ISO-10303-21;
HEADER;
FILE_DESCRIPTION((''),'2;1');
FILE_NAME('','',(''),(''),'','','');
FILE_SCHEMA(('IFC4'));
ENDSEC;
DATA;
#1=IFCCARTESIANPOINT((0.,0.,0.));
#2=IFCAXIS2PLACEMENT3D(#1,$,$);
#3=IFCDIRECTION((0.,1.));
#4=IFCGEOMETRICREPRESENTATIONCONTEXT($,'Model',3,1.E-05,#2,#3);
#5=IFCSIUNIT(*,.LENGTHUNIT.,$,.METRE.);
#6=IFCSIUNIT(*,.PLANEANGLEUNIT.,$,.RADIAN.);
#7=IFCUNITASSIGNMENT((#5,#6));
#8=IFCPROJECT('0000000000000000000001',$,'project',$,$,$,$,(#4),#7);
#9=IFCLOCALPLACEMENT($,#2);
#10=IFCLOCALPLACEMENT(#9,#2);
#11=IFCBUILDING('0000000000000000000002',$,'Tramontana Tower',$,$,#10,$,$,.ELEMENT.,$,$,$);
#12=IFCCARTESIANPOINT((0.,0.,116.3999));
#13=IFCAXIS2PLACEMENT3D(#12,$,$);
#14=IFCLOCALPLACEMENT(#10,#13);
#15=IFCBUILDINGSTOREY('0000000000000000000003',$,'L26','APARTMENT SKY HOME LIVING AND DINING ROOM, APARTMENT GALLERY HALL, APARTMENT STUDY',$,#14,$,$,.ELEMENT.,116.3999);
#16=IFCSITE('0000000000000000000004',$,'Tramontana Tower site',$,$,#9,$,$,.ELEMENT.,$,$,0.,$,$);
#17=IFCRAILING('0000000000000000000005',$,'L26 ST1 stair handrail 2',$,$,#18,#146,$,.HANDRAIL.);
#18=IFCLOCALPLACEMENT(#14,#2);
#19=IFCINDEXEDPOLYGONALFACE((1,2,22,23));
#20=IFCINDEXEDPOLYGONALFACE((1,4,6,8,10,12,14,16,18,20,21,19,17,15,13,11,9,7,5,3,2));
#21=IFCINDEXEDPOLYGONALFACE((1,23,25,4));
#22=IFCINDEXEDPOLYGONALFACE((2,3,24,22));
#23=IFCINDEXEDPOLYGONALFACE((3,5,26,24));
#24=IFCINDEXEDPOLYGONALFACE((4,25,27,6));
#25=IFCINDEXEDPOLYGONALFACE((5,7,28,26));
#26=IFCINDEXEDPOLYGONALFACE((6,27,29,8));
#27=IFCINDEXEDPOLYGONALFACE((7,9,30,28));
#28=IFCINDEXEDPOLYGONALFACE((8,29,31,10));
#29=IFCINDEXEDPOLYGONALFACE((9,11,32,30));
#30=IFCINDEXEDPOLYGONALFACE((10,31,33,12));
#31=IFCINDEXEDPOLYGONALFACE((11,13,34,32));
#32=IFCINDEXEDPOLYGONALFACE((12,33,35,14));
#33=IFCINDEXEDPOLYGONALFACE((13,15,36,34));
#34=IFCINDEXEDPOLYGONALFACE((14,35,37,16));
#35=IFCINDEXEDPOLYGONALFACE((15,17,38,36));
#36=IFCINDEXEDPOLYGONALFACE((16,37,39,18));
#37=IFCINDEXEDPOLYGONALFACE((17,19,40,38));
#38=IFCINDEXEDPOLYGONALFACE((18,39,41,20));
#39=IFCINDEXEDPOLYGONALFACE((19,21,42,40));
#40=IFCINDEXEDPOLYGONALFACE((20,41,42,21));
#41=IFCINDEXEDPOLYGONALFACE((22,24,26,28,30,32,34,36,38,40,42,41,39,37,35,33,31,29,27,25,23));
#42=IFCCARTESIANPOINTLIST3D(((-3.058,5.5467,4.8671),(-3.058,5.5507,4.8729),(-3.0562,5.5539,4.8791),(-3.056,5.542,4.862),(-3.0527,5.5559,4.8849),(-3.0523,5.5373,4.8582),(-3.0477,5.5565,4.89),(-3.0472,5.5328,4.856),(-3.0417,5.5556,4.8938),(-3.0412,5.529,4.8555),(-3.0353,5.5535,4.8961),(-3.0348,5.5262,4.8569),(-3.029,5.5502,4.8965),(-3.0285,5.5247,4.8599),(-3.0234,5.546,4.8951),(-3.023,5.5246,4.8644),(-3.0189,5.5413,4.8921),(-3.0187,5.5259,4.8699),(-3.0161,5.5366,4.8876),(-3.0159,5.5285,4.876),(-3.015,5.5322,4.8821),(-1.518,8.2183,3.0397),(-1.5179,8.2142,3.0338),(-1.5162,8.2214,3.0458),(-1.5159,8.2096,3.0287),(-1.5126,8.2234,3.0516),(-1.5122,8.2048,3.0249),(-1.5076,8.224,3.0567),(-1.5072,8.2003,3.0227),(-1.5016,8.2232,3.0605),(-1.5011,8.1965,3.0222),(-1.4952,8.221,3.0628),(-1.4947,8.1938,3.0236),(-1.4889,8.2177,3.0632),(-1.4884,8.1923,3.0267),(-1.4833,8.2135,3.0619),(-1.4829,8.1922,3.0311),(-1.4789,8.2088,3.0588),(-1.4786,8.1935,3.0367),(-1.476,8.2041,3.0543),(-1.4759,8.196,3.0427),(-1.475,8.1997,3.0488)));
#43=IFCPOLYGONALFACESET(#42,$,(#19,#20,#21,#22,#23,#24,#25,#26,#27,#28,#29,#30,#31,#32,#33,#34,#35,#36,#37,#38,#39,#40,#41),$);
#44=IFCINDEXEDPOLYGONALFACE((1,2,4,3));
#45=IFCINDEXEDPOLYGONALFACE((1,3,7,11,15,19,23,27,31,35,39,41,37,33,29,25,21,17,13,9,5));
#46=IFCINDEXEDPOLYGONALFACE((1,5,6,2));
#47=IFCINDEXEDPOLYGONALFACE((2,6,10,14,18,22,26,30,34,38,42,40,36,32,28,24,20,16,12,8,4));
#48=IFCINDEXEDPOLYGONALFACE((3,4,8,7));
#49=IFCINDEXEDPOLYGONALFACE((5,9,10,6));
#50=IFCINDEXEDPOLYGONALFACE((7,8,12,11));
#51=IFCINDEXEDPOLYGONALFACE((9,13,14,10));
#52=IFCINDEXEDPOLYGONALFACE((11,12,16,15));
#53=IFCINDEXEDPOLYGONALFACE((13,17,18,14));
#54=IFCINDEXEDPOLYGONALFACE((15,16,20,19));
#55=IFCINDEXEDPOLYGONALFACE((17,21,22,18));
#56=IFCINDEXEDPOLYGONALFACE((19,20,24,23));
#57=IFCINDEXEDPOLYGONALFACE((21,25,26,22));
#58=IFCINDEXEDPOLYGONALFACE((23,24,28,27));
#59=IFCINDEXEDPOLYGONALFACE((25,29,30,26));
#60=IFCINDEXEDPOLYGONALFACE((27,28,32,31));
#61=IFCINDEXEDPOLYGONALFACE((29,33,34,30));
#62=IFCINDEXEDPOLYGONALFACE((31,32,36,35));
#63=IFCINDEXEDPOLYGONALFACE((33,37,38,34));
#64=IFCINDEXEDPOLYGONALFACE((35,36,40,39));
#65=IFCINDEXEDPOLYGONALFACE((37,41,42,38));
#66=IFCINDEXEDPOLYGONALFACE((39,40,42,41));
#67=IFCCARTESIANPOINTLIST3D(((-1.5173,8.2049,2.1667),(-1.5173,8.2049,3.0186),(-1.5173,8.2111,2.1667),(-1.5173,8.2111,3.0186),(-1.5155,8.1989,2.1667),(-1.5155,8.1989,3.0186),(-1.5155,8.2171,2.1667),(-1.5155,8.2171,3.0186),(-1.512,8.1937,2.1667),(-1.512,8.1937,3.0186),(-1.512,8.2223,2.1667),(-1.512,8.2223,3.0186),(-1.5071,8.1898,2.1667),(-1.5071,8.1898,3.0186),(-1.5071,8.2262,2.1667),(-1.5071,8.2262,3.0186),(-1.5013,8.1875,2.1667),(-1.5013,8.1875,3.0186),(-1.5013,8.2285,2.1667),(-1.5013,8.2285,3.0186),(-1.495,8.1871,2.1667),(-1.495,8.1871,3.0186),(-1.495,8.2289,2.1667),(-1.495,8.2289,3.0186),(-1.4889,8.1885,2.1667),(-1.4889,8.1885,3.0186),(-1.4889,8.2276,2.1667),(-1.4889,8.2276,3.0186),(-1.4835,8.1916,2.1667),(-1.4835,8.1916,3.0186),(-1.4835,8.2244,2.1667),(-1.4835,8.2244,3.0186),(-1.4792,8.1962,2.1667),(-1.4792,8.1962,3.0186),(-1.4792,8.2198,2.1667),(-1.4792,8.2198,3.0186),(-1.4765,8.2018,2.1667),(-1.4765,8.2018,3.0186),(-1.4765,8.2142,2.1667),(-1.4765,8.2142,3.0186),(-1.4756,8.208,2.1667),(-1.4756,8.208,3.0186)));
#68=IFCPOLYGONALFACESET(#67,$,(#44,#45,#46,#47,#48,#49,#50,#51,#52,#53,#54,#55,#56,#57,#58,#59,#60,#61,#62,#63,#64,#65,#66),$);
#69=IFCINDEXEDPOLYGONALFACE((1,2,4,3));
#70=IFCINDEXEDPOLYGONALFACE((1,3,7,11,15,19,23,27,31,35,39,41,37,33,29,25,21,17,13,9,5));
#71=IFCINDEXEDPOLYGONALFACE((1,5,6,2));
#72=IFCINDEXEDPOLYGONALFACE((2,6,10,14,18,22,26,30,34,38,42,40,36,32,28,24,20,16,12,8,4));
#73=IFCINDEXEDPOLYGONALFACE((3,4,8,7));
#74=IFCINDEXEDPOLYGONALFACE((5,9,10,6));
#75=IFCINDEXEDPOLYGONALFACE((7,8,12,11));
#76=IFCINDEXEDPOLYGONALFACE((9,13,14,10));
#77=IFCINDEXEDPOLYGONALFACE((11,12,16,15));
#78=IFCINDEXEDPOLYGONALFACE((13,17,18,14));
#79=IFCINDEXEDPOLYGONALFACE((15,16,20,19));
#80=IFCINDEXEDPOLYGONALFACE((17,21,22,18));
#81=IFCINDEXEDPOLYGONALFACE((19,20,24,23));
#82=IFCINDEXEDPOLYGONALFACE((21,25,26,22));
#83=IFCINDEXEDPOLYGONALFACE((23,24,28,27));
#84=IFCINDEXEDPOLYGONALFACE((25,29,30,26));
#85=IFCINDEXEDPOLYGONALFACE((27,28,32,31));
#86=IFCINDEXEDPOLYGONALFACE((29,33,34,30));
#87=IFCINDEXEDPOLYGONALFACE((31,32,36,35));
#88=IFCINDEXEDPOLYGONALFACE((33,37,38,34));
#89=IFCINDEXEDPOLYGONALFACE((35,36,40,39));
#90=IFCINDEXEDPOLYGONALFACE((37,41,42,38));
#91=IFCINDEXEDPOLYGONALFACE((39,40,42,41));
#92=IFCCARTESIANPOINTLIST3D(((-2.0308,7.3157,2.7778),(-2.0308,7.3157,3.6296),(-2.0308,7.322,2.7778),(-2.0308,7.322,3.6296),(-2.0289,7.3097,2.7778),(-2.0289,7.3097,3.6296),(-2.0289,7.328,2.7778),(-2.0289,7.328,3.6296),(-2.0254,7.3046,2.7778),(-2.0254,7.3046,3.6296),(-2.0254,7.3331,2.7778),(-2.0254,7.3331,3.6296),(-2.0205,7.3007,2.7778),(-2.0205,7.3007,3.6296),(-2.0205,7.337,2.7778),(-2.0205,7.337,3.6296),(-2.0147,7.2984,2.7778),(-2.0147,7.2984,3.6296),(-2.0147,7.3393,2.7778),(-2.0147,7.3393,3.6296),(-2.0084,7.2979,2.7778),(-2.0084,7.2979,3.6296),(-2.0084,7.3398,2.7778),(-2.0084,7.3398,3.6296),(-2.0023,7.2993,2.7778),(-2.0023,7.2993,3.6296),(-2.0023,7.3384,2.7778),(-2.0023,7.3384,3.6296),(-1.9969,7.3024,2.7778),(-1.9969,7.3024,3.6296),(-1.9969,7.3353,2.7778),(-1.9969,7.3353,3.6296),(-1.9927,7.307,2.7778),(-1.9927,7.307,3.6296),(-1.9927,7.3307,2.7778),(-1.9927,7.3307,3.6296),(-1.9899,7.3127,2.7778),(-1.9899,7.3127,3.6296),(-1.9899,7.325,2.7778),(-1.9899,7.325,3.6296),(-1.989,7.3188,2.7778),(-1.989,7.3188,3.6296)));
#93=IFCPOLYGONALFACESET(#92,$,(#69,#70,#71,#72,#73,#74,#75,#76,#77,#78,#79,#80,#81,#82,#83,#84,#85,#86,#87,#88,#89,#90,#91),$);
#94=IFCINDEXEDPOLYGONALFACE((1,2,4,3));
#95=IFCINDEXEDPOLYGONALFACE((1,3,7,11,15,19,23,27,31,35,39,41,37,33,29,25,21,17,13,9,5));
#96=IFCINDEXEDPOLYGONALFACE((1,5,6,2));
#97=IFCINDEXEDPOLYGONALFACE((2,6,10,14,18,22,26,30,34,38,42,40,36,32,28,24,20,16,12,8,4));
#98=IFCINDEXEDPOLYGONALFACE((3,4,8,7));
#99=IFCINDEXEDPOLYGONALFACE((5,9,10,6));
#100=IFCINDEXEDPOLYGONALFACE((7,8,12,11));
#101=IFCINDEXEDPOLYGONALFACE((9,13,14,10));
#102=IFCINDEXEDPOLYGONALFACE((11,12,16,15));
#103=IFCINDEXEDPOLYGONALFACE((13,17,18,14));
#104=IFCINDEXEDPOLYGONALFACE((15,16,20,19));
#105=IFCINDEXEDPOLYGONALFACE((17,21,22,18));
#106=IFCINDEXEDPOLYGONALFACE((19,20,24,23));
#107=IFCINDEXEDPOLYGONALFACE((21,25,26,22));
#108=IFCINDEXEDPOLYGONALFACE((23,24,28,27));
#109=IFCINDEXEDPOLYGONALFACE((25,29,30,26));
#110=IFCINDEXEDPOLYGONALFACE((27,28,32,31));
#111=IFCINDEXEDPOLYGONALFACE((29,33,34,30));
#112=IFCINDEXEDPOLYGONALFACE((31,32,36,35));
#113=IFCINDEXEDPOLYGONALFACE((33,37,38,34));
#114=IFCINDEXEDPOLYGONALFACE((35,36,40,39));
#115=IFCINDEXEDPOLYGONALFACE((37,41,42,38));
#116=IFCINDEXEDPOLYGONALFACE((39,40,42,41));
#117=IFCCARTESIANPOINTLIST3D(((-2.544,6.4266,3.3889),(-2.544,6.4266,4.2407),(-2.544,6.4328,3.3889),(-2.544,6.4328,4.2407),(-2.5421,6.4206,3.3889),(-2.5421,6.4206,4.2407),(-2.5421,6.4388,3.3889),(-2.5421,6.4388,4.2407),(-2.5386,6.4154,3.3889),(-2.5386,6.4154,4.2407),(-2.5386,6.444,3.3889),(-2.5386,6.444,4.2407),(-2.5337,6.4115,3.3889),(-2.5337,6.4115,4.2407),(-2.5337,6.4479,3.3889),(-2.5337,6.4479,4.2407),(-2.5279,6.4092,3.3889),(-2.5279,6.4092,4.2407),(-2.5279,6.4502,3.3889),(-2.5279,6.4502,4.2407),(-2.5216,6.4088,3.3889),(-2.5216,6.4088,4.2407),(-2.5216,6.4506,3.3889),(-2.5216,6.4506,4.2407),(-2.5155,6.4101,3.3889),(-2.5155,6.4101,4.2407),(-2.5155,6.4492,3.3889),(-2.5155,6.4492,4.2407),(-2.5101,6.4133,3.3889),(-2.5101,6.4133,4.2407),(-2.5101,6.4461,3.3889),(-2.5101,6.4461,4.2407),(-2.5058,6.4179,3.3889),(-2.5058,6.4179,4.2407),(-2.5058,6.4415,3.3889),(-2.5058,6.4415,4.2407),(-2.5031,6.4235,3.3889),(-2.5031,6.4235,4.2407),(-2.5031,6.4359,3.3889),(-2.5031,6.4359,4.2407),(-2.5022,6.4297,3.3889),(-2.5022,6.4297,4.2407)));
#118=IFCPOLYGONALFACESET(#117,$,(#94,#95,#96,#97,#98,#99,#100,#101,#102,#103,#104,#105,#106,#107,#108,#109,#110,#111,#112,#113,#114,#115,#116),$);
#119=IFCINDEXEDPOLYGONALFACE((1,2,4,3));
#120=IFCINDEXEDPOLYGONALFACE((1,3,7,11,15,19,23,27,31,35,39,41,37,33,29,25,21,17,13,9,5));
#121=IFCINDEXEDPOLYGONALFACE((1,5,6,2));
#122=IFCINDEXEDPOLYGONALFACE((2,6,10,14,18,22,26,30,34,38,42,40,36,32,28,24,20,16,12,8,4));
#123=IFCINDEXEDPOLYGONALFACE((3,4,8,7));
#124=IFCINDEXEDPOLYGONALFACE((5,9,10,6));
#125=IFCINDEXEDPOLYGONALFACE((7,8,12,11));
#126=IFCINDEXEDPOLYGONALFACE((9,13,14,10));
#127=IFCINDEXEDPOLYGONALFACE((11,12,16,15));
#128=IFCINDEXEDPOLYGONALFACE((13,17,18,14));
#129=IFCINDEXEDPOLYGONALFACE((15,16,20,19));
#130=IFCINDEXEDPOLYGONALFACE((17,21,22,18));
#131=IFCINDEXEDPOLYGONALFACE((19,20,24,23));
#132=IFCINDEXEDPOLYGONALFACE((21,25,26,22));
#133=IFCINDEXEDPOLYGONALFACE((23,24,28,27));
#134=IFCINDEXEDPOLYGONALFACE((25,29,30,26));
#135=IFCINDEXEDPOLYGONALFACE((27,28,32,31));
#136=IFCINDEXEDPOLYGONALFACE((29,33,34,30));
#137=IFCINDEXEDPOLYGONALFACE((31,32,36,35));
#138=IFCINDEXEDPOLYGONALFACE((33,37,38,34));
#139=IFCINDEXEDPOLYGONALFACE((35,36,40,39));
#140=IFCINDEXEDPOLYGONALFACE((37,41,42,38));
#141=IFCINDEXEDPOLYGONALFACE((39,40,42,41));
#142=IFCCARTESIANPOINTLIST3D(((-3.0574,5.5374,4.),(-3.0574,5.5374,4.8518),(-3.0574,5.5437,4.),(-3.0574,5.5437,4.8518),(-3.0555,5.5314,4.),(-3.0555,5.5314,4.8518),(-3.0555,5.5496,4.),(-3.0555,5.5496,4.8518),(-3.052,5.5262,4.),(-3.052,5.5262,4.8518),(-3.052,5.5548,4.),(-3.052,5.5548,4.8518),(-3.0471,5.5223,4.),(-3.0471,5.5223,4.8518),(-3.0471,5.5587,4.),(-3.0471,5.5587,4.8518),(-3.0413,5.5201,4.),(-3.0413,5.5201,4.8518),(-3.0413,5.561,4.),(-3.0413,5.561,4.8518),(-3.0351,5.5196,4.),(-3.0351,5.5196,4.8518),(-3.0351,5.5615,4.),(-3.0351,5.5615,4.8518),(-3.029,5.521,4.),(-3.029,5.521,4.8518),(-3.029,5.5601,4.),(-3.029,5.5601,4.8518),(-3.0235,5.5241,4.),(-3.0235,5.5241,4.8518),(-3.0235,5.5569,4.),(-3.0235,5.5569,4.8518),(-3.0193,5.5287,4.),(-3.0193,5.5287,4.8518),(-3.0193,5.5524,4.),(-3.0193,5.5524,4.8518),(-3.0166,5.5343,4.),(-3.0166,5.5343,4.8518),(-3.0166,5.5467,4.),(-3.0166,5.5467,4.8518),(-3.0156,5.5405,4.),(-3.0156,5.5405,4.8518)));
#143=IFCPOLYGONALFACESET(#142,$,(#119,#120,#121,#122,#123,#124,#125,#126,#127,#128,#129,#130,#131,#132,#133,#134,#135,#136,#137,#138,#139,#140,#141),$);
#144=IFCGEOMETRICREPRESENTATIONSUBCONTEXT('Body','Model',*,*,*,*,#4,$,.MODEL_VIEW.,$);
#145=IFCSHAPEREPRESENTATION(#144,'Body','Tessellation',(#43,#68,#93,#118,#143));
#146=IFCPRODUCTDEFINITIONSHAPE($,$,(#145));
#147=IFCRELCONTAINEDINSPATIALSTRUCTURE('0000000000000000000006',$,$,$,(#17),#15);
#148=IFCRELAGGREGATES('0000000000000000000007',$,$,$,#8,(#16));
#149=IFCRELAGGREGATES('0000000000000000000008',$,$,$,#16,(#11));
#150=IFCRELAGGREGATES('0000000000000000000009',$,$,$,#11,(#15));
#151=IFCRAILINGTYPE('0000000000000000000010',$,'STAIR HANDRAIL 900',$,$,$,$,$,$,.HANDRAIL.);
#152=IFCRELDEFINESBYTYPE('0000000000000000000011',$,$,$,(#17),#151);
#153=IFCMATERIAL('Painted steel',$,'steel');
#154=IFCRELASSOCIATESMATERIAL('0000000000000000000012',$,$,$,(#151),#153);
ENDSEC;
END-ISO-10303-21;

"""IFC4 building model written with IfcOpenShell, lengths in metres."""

from ifc_helpers import new_model, si_unit, direction, frame, origin, origin_2d, place, context, subcontext, project, spatial, circle, extrude, material, type_object, element, save


model = new_model("IFC4")

# Units and contexts
model_context = context("Model", 3, precision=1e-05, world=origin(), true_north=direction((0.0, 1.0)))
body_context = subcontext(model_context, "Body", "Model", "MODEL_VIEW")
ifc_project = project(units=[si_unit("LENGTHUNIT", "METRE"), si_unit("PLANEANGLEUNIT", "RADIAN")], contexts=[model_context])

# Site, building, storey
site_placement = place(None, origin())
site = spatial("IfcSite", under=ifc_project, at=site_placement, Name="Tramontana Tower site", CompositionType="ELEMENT", RefElevation=0.0)
building_placement = place(site_placement, origin())
building = spatial("IfcBuilding", under=site, at=building_placement, Name="Tramontana Tower", CompositionType="ELEMENT")
storey_placement = place(building_placement, frame((0.0, 0.0, 116.3999)))
storey = spatial("IfcBuildingStorey", under=building, at=storey_placement, Name="L26", Description="APARTMENT SKY HOME LIVING AND DINING ROOM, APARTMENT GALLERY HALL, APARTMENT STUDY", CompositionType="ELEMENT", Elevation=116.3999)

# Railing
ifc_material_1 = material(Name="Painted steel", Category="steel")
railing_type_1 = type_object("IfcRailingType", Name="STAIR HANDRAIL 900", PredefinedType="HANDRAIL", material=ifc_material_1)
railing_1_placement = place(storey_placement, frame((-1.4966, 8.208, 2.1667)))
element("IfcRailing", 1, at=railing_1_placement, inside=storey, type_object=railing_type_1, Name="L26 ST1 stair handrail 2", PredefinedType="HANDRAIL", context=body_context, shape_type="SweptSolid", body=[
    extrude(circle(Radius=0.0239, at=origin_2d()), frame((0.0, 0.0, 0.876), z_axis=(-0.429649, -0.74419, 0.511452), x_axis=(0.86603, -0.499992, 0.0)), (0.0, 0.0, 1.0), 3.5845),
    extrude(circle(Radius=0.021, at=origin_2d()), origin(), (0.0, 0.0, 1.0), 0.8518),
    extrude(circle(Radius=0.021, at=origin_2d()), frame((-0.5134, -0.8892, 0.6111)), (0.0, 0.0, 1.0), 0.8518),
    extrude(circle(Radius=0.021, at=origin_2d()), frame((-1.0266, -1.7783, 1.2222)), (0.0, 0.0, 1.0), 0.8518),
    extrude(circle(Radius=0.021, at=origin_2d()), frame((-1.54, -2.6675, 1.8333)), (0.0, 0.0, 1.0), 0.8518),
])

save(model, "model.ifc")
